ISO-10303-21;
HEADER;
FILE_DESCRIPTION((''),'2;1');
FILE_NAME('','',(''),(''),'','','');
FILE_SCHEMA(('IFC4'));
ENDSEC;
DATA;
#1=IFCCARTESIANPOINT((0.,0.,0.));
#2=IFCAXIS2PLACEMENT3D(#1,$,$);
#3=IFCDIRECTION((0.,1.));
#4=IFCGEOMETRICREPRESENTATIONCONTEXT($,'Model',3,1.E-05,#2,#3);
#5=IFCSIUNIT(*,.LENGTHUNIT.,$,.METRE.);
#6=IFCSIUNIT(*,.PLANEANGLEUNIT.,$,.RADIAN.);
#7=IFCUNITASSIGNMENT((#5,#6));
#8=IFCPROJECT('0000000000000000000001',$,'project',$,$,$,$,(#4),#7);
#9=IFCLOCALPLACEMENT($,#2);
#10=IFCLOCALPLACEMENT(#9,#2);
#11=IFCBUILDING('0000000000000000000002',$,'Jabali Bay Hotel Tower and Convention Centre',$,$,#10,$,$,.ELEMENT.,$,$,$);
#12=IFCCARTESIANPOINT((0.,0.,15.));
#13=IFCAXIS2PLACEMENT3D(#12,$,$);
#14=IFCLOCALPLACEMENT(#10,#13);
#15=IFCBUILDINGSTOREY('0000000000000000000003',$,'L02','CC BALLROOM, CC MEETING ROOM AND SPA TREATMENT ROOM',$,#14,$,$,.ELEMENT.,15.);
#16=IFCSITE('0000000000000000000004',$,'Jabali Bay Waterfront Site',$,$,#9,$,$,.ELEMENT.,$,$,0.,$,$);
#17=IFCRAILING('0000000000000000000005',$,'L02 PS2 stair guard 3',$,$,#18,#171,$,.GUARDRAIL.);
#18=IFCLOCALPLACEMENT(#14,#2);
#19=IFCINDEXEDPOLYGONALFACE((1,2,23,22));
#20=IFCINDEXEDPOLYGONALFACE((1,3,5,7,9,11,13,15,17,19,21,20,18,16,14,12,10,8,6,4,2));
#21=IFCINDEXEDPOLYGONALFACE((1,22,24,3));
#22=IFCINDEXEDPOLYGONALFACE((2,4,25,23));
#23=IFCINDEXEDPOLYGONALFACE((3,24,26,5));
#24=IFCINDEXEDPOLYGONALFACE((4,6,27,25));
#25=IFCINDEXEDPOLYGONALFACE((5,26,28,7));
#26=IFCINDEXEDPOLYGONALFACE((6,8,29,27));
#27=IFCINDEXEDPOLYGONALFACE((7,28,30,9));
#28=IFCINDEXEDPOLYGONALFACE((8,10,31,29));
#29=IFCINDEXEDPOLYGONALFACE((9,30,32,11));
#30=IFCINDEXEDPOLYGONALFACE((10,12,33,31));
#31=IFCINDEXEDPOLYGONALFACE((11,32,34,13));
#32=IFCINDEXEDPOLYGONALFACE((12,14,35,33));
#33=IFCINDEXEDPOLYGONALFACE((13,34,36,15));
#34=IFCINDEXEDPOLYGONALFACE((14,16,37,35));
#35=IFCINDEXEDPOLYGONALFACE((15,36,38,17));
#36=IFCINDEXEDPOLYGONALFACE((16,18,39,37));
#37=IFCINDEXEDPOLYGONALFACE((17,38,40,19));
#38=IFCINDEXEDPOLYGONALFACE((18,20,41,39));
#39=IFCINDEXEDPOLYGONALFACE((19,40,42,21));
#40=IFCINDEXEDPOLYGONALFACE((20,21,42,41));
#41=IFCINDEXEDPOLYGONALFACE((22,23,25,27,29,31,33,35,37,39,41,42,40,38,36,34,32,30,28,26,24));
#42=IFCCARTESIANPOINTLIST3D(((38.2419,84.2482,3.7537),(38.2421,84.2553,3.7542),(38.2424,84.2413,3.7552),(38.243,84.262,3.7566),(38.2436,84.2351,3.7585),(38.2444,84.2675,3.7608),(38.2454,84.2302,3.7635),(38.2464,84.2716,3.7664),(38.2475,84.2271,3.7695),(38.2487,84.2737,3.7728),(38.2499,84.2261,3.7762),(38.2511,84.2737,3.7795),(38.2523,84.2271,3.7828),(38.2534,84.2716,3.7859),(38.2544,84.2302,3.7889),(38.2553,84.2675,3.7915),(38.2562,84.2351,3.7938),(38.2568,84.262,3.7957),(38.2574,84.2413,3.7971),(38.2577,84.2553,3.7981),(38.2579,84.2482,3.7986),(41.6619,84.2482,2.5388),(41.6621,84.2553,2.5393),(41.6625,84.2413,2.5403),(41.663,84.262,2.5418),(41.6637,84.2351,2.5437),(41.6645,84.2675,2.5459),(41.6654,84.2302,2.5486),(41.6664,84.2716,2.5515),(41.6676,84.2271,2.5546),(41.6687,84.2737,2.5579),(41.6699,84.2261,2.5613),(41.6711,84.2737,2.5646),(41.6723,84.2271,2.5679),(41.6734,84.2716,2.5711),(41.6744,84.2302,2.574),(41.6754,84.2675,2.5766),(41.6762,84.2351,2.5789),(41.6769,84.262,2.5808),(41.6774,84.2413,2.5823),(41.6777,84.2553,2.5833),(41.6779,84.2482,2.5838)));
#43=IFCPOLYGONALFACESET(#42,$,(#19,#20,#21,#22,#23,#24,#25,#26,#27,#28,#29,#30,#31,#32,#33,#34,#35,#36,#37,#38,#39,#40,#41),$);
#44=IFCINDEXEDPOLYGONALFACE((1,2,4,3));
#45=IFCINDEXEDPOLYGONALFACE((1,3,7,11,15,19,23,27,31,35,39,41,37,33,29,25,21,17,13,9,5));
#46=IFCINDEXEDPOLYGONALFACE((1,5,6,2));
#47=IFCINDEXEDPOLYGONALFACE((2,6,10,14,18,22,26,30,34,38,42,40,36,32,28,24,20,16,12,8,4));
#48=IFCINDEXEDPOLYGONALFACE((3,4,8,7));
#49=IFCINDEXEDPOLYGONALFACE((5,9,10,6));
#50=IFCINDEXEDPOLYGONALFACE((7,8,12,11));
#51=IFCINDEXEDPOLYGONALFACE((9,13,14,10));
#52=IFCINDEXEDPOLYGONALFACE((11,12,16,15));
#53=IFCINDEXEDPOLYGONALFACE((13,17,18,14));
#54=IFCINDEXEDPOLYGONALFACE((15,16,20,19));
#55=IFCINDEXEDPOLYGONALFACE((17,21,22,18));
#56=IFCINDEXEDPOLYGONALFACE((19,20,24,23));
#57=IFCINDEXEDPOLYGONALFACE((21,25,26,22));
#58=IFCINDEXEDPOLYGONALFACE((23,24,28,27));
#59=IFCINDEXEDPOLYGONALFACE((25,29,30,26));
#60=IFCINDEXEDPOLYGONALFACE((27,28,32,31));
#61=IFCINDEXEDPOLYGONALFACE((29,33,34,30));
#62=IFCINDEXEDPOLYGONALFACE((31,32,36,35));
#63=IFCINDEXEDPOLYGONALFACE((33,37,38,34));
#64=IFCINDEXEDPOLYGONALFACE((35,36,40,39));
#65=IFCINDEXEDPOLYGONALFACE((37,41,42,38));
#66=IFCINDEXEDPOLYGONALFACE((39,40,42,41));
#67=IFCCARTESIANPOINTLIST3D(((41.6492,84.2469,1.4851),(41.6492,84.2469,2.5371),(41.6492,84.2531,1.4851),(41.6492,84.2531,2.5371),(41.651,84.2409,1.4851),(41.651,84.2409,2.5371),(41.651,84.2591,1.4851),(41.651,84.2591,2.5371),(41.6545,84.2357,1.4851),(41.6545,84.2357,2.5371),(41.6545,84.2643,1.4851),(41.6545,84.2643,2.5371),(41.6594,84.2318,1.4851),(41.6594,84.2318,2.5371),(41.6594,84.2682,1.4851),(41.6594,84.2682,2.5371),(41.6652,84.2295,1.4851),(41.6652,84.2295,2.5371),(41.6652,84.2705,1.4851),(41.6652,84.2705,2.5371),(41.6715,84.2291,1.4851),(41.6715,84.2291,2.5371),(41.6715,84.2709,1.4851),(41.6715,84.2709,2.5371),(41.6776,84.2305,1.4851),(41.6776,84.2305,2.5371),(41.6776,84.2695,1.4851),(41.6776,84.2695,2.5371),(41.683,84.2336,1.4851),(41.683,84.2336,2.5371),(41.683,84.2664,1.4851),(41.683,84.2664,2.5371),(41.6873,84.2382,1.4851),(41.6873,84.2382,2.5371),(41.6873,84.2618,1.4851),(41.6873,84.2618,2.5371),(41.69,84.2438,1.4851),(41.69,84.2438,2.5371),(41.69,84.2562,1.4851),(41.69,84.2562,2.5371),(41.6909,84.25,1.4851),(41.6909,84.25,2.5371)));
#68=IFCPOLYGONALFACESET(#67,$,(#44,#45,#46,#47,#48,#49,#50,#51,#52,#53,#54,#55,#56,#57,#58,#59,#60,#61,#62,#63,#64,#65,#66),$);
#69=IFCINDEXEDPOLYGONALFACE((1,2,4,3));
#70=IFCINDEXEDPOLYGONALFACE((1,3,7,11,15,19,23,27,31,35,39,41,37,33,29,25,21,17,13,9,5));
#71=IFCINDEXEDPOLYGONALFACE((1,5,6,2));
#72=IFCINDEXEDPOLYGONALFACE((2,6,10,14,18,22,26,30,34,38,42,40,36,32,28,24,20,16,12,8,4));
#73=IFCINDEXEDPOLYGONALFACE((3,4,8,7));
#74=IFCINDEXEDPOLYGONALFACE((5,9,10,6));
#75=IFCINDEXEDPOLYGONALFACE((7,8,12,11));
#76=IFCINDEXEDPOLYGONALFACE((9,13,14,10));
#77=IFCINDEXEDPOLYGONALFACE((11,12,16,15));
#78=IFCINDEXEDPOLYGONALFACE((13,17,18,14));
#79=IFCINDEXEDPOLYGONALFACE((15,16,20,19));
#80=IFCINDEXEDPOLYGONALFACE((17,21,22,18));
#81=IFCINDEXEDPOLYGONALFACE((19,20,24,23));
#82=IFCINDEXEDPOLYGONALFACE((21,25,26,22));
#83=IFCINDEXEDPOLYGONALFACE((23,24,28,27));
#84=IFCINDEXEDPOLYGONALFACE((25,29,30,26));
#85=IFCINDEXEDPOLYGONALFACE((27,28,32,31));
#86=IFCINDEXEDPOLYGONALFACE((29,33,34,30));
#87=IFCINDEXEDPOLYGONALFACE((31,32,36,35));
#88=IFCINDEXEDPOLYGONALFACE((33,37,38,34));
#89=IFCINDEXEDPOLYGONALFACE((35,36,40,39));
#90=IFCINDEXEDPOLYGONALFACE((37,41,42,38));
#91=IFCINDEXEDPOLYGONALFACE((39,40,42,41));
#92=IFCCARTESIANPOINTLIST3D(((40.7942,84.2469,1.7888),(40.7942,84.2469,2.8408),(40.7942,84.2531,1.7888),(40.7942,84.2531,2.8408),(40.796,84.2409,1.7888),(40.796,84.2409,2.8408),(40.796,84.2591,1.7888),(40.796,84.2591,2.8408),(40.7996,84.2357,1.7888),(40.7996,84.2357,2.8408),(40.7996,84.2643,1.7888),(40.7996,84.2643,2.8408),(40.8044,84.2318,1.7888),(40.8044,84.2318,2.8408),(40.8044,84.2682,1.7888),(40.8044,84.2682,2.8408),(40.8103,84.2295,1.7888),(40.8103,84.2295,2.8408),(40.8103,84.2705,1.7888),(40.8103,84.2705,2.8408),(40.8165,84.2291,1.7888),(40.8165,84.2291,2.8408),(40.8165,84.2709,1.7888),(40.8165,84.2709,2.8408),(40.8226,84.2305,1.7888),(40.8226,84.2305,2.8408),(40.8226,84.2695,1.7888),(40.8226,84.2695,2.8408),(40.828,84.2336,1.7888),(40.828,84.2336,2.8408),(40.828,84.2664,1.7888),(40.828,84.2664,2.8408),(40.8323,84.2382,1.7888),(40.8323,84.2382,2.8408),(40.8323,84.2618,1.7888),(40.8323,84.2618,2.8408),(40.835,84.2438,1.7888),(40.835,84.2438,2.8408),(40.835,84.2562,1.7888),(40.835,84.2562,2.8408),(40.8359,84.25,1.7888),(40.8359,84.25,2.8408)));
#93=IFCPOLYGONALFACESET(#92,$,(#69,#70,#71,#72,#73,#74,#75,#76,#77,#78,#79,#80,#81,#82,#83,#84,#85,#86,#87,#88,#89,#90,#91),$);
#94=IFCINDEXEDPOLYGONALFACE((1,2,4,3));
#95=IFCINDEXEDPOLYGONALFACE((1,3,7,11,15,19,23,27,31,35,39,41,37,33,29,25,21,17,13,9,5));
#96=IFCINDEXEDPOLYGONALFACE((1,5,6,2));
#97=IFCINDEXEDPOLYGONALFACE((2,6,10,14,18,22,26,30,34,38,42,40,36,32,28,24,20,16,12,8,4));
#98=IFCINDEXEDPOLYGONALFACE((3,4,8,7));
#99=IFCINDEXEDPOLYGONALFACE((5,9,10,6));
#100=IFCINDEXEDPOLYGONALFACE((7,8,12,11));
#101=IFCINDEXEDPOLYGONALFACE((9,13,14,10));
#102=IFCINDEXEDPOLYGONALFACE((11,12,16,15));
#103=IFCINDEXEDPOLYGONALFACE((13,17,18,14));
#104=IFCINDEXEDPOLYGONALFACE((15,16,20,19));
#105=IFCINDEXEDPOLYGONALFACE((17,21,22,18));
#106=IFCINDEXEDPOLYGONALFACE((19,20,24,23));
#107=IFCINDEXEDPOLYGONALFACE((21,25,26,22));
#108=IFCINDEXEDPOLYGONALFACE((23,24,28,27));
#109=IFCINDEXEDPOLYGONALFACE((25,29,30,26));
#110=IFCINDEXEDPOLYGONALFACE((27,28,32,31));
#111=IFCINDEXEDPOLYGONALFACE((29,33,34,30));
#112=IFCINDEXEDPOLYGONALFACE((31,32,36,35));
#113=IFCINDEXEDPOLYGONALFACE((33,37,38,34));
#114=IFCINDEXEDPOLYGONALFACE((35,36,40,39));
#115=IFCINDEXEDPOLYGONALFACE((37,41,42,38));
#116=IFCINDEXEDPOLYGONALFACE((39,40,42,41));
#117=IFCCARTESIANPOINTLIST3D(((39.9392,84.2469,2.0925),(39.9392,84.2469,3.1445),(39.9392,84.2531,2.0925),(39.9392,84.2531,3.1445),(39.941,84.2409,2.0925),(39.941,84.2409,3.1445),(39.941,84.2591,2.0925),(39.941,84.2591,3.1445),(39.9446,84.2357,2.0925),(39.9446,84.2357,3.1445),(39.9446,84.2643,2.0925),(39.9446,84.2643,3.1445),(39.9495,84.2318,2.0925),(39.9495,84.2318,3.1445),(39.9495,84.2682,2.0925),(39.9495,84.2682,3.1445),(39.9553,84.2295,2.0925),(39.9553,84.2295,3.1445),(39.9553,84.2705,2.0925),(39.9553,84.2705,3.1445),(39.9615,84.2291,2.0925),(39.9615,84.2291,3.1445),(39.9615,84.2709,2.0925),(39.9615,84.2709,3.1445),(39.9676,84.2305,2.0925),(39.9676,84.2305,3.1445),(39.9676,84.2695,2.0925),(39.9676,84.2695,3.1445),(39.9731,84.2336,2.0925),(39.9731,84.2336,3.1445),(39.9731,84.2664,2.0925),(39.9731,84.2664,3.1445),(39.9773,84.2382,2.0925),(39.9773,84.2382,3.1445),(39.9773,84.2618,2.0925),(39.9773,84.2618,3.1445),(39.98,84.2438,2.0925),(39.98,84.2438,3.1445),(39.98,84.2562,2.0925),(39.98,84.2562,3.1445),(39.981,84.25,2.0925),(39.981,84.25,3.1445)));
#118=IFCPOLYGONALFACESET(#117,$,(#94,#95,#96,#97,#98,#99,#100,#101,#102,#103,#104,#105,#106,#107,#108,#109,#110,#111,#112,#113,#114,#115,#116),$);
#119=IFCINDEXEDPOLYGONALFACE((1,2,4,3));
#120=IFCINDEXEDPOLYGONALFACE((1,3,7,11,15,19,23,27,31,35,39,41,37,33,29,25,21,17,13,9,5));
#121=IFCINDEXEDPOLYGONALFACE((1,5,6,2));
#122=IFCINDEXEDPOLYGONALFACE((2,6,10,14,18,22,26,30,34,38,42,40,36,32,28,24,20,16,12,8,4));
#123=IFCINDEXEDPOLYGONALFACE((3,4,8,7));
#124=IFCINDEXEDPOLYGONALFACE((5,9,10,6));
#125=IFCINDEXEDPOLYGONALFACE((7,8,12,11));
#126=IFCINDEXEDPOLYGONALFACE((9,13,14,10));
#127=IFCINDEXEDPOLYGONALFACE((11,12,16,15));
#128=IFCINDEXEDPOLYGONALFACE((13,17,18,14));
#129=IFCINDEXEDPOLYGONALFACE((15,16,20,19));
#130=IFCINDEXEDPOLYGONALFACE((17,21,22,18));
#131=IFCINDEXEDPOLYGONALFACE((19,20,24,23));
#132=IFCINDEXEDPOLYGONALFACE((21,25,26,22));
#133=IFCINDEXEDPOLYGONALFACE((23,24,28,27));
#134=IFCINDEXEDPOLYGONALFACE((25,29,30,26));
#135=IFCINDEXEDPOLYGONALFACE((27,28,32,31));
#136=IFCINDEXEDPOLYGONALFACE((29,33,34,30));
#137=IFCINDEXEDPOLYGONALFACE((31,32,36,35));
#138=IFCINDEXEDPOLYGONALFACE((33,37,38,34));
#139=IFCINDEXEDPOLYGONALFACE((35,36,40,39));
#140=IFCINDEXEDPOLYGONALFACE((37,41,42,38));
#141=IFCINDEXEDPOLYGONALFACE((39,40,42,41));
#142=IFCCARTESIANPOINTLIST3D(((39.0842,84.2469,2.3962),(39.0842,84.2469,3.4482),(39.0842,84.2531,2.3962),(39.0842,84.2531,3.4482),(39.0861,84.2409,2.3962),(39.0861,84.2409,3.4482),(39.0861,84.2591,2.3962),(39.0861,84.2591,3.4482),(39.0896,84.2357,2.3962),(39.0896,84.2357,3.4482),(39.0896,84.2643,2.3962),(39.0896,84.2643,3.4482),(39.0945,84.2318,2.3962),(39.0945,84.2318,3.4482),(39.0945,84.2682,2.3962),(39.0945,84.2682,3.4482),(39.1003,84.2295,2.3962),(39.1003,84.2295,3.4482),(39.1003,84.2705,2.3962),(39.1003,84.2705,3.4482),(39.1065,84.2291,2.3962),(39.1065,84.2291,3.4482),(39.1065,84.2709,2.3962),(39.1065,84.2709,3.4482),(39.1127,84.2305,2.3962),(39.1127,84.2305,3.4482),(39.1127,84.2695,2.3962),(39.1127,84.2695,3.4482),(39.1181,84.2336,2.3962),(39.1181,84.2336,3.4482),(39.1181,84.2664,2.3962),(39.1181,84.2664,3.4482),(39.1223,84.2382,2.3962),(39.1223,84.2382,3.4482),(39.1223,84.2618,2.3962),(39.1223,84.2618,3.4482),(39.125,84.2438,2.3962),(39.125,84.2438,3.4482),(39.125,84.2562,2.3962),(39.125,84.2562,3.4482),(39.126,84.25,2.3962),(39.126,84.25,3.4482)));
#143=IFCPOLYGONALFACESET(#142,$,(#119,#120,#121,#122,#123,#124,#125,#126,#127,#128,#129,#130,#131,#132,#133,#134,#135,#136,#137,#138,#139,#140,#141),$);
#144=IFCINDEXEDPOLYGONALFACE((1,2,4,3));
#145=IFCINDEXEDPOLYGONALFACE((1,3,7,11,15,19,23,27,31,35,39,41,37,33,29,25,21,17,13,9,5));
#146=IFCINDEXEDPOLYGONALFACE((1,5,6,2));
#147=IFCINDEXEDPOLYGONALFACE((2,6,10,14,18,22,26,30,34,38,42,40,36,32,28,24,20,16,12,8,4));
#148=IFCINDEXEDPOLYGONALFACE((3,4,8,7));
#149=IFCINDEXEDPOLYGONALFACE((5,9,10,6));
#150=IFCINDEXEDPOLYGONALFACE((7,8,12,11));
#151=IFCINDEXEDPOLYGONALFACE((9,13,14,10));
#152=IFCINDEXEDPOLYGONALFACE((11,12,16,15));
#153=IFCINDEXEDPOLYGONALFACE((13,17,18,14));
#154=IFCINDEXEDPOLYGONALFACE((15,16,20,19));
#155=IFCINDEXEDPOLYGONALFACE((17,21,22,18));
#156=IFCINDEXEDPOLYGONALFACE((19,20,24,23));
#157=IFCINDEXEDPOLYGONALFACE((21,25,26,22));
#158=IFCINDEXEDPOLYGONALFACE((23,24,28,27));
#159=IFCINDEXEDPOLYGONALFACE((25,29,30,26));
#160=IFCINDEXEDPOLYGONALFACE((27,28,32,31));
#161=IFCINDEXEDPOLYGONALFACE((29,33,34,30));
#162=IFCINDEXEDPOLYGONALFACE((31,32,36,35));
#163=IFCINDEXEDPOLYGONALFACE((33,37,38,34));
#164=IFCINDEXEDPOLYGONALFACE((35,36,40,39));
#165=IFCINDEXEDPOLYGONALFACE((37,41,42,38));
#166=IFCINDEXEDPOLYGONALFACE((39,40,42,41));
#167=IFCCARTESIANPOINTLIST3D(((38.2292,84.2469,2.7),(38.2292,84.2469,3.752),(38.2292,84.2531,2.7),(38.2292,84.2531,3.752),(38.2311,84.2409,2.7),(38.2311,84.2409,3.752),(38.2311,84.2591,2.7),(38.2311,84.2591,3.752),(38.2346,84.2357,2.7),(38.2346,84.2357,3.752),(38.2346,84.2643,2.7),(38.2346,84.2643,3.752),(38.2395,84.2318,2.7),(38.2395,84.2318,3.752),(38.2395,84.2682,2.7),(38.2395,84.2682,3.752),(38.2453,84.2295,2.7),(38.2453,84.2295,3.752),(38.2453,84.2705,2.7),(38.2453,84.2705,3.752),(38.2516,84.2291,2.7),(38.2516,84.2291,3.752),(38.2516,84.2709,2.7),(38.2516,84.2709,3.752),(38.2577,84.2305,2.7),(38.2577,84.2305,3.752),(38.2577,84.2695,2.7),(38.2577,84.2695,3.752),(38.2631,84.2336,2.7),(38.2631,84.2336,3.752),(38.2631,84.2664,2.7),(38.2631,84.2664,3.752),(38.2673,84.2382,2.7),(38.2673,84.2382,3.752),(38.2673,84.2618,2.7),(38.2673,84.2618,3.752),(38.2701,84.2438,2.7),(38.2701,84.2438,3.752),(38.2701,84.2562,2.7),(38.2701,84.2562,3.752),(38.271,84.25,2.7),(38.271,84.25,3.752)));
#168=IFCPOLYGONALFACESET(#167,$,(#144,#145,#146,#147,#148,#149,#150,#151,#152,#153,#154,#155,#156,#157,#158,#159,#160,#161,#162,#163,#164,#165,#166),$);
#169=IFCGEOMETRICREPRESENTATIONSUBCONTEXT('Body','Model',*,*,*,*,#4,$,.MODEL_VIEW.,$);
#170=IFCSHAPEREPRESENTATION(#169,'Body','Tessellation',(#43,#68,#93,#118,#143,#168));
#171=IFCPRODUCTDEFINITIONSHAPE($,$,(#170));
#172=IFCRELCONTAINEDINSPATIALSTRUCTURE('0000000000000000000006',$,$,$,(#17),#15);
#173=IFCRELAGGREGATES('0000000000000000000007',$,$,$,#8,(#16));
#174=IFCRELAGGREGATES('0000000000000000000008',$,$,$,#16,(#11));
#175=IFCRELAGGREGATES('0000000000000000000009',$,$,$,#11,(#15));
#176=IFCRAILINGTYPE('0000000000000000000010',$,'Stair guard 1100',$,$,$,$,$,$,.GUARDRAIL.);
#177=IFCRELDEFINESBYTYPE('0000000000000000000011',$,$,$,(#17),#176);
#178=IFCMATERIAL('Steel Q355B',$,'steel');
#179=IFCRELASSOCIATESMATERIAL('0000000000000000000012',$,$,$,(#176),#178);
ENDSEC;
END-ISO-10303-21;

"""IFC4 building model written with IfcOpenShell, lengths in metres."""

from ifc_helpers import new_model, si_unit, direction, frame, origin, origin_2d, place, context, subcontext, project, spatial, circle, extrude, material, type_object, element, save


model = new_model("IFC4")

# Units and contexts
model_context = context("Model", 3, precision=1e-05, world=origin(), true_north=direction((0.0, 1.0)))
body_context = subcontext(model_context, "Body", "Model", "MODEL_VIEW")
ifc_project = project(units=[si_unit("LENGTHUNIT", "METRE"), si_unit("PLANEANGLEUNIT", "RADIAN")], contexts=[model_context])

# Site, building, storey
site_placement = place(None, origin())
site = spatial("IfcSite", under=ifc_project, at=site_placement, Name="Jabali Bay Waterfront Site", CompositionType="ELEMENT", RefElevation=0.0)
building_placement = place(site_placement, origin())
building = spatial("IfcBuilding", under=site, at=building_placement, Name="Jabali Bay Hotel Tower and Convention Centre", CompositionType="ELEMENT")
storey_placement = place(building_placement, frame((0.0, 0.0, 15.0)))
storey = spatial("IfcBuildingStorey", under=building, at=storey_placement, Name="L02", Description="CC BALLROOM, CC MEETING ROOM AND SPA TREATMENT ROOM", CompositionType="ELEMENT", Elevation=15.0)

# Railing
ifc_material_1 = material(Name="Steel Q355B", Category="steel")
railing_type_1 = type_object("IfcRailingType", Name="Stair guard 1100", PredefinedType="GUARDRAIL", material=ifc_material_1)
railing_1_placement = place(storey_placement, frame((41.6699, 84.25, 1.4851)))
element("IfcRailing", 1, at=railing_1_placement, inside=storey, type_object=railing_type_1, Name="L02 PS2 stair guard 3", PredefinedType="GUARDRAIL", context=body_context, shape_type="SweptSolid", body=[
    extrude(circle(Radius=0.0239, at=origin_2d()), frame((0.0, 0.0, 1.0762), z_axis=(-0.942313, 0.0, 0.334734), x_axis=(0.0, -1.0, 0.0)), (0.0, 0.0, 1.0), 3.6294),
    extrude(circle(Radius=0.021, at=origin_2d()), origin(), (0.0, 0.0, 1.0), 1.052),
    extrude(circle(Radius=0.021, at=origin_2d()), frame((-0.855, 0.0, 0.3037)), (0.0, 0.0, 1.0), 1.052),
    extrude(circle(Radius=0.021, at=origin_2d()), frame((-1.71, 0.0, 0.6074)), (0.0, 0.0, 1.0), 1.052),
    extrude(circle(Radius=0.021, at=origin_2d()), frame((-2.5649, 0.0, 0.9111)), (0.0, 0.0, 1.0), 1.052),
    extrude(circle(Radius=0.021, at=origin_2d()), frame((-3.4199, 0.0, 1.2148)), (0.0, 0.0, 1.0), 1.052),
])

save(model, "model.ifc")
